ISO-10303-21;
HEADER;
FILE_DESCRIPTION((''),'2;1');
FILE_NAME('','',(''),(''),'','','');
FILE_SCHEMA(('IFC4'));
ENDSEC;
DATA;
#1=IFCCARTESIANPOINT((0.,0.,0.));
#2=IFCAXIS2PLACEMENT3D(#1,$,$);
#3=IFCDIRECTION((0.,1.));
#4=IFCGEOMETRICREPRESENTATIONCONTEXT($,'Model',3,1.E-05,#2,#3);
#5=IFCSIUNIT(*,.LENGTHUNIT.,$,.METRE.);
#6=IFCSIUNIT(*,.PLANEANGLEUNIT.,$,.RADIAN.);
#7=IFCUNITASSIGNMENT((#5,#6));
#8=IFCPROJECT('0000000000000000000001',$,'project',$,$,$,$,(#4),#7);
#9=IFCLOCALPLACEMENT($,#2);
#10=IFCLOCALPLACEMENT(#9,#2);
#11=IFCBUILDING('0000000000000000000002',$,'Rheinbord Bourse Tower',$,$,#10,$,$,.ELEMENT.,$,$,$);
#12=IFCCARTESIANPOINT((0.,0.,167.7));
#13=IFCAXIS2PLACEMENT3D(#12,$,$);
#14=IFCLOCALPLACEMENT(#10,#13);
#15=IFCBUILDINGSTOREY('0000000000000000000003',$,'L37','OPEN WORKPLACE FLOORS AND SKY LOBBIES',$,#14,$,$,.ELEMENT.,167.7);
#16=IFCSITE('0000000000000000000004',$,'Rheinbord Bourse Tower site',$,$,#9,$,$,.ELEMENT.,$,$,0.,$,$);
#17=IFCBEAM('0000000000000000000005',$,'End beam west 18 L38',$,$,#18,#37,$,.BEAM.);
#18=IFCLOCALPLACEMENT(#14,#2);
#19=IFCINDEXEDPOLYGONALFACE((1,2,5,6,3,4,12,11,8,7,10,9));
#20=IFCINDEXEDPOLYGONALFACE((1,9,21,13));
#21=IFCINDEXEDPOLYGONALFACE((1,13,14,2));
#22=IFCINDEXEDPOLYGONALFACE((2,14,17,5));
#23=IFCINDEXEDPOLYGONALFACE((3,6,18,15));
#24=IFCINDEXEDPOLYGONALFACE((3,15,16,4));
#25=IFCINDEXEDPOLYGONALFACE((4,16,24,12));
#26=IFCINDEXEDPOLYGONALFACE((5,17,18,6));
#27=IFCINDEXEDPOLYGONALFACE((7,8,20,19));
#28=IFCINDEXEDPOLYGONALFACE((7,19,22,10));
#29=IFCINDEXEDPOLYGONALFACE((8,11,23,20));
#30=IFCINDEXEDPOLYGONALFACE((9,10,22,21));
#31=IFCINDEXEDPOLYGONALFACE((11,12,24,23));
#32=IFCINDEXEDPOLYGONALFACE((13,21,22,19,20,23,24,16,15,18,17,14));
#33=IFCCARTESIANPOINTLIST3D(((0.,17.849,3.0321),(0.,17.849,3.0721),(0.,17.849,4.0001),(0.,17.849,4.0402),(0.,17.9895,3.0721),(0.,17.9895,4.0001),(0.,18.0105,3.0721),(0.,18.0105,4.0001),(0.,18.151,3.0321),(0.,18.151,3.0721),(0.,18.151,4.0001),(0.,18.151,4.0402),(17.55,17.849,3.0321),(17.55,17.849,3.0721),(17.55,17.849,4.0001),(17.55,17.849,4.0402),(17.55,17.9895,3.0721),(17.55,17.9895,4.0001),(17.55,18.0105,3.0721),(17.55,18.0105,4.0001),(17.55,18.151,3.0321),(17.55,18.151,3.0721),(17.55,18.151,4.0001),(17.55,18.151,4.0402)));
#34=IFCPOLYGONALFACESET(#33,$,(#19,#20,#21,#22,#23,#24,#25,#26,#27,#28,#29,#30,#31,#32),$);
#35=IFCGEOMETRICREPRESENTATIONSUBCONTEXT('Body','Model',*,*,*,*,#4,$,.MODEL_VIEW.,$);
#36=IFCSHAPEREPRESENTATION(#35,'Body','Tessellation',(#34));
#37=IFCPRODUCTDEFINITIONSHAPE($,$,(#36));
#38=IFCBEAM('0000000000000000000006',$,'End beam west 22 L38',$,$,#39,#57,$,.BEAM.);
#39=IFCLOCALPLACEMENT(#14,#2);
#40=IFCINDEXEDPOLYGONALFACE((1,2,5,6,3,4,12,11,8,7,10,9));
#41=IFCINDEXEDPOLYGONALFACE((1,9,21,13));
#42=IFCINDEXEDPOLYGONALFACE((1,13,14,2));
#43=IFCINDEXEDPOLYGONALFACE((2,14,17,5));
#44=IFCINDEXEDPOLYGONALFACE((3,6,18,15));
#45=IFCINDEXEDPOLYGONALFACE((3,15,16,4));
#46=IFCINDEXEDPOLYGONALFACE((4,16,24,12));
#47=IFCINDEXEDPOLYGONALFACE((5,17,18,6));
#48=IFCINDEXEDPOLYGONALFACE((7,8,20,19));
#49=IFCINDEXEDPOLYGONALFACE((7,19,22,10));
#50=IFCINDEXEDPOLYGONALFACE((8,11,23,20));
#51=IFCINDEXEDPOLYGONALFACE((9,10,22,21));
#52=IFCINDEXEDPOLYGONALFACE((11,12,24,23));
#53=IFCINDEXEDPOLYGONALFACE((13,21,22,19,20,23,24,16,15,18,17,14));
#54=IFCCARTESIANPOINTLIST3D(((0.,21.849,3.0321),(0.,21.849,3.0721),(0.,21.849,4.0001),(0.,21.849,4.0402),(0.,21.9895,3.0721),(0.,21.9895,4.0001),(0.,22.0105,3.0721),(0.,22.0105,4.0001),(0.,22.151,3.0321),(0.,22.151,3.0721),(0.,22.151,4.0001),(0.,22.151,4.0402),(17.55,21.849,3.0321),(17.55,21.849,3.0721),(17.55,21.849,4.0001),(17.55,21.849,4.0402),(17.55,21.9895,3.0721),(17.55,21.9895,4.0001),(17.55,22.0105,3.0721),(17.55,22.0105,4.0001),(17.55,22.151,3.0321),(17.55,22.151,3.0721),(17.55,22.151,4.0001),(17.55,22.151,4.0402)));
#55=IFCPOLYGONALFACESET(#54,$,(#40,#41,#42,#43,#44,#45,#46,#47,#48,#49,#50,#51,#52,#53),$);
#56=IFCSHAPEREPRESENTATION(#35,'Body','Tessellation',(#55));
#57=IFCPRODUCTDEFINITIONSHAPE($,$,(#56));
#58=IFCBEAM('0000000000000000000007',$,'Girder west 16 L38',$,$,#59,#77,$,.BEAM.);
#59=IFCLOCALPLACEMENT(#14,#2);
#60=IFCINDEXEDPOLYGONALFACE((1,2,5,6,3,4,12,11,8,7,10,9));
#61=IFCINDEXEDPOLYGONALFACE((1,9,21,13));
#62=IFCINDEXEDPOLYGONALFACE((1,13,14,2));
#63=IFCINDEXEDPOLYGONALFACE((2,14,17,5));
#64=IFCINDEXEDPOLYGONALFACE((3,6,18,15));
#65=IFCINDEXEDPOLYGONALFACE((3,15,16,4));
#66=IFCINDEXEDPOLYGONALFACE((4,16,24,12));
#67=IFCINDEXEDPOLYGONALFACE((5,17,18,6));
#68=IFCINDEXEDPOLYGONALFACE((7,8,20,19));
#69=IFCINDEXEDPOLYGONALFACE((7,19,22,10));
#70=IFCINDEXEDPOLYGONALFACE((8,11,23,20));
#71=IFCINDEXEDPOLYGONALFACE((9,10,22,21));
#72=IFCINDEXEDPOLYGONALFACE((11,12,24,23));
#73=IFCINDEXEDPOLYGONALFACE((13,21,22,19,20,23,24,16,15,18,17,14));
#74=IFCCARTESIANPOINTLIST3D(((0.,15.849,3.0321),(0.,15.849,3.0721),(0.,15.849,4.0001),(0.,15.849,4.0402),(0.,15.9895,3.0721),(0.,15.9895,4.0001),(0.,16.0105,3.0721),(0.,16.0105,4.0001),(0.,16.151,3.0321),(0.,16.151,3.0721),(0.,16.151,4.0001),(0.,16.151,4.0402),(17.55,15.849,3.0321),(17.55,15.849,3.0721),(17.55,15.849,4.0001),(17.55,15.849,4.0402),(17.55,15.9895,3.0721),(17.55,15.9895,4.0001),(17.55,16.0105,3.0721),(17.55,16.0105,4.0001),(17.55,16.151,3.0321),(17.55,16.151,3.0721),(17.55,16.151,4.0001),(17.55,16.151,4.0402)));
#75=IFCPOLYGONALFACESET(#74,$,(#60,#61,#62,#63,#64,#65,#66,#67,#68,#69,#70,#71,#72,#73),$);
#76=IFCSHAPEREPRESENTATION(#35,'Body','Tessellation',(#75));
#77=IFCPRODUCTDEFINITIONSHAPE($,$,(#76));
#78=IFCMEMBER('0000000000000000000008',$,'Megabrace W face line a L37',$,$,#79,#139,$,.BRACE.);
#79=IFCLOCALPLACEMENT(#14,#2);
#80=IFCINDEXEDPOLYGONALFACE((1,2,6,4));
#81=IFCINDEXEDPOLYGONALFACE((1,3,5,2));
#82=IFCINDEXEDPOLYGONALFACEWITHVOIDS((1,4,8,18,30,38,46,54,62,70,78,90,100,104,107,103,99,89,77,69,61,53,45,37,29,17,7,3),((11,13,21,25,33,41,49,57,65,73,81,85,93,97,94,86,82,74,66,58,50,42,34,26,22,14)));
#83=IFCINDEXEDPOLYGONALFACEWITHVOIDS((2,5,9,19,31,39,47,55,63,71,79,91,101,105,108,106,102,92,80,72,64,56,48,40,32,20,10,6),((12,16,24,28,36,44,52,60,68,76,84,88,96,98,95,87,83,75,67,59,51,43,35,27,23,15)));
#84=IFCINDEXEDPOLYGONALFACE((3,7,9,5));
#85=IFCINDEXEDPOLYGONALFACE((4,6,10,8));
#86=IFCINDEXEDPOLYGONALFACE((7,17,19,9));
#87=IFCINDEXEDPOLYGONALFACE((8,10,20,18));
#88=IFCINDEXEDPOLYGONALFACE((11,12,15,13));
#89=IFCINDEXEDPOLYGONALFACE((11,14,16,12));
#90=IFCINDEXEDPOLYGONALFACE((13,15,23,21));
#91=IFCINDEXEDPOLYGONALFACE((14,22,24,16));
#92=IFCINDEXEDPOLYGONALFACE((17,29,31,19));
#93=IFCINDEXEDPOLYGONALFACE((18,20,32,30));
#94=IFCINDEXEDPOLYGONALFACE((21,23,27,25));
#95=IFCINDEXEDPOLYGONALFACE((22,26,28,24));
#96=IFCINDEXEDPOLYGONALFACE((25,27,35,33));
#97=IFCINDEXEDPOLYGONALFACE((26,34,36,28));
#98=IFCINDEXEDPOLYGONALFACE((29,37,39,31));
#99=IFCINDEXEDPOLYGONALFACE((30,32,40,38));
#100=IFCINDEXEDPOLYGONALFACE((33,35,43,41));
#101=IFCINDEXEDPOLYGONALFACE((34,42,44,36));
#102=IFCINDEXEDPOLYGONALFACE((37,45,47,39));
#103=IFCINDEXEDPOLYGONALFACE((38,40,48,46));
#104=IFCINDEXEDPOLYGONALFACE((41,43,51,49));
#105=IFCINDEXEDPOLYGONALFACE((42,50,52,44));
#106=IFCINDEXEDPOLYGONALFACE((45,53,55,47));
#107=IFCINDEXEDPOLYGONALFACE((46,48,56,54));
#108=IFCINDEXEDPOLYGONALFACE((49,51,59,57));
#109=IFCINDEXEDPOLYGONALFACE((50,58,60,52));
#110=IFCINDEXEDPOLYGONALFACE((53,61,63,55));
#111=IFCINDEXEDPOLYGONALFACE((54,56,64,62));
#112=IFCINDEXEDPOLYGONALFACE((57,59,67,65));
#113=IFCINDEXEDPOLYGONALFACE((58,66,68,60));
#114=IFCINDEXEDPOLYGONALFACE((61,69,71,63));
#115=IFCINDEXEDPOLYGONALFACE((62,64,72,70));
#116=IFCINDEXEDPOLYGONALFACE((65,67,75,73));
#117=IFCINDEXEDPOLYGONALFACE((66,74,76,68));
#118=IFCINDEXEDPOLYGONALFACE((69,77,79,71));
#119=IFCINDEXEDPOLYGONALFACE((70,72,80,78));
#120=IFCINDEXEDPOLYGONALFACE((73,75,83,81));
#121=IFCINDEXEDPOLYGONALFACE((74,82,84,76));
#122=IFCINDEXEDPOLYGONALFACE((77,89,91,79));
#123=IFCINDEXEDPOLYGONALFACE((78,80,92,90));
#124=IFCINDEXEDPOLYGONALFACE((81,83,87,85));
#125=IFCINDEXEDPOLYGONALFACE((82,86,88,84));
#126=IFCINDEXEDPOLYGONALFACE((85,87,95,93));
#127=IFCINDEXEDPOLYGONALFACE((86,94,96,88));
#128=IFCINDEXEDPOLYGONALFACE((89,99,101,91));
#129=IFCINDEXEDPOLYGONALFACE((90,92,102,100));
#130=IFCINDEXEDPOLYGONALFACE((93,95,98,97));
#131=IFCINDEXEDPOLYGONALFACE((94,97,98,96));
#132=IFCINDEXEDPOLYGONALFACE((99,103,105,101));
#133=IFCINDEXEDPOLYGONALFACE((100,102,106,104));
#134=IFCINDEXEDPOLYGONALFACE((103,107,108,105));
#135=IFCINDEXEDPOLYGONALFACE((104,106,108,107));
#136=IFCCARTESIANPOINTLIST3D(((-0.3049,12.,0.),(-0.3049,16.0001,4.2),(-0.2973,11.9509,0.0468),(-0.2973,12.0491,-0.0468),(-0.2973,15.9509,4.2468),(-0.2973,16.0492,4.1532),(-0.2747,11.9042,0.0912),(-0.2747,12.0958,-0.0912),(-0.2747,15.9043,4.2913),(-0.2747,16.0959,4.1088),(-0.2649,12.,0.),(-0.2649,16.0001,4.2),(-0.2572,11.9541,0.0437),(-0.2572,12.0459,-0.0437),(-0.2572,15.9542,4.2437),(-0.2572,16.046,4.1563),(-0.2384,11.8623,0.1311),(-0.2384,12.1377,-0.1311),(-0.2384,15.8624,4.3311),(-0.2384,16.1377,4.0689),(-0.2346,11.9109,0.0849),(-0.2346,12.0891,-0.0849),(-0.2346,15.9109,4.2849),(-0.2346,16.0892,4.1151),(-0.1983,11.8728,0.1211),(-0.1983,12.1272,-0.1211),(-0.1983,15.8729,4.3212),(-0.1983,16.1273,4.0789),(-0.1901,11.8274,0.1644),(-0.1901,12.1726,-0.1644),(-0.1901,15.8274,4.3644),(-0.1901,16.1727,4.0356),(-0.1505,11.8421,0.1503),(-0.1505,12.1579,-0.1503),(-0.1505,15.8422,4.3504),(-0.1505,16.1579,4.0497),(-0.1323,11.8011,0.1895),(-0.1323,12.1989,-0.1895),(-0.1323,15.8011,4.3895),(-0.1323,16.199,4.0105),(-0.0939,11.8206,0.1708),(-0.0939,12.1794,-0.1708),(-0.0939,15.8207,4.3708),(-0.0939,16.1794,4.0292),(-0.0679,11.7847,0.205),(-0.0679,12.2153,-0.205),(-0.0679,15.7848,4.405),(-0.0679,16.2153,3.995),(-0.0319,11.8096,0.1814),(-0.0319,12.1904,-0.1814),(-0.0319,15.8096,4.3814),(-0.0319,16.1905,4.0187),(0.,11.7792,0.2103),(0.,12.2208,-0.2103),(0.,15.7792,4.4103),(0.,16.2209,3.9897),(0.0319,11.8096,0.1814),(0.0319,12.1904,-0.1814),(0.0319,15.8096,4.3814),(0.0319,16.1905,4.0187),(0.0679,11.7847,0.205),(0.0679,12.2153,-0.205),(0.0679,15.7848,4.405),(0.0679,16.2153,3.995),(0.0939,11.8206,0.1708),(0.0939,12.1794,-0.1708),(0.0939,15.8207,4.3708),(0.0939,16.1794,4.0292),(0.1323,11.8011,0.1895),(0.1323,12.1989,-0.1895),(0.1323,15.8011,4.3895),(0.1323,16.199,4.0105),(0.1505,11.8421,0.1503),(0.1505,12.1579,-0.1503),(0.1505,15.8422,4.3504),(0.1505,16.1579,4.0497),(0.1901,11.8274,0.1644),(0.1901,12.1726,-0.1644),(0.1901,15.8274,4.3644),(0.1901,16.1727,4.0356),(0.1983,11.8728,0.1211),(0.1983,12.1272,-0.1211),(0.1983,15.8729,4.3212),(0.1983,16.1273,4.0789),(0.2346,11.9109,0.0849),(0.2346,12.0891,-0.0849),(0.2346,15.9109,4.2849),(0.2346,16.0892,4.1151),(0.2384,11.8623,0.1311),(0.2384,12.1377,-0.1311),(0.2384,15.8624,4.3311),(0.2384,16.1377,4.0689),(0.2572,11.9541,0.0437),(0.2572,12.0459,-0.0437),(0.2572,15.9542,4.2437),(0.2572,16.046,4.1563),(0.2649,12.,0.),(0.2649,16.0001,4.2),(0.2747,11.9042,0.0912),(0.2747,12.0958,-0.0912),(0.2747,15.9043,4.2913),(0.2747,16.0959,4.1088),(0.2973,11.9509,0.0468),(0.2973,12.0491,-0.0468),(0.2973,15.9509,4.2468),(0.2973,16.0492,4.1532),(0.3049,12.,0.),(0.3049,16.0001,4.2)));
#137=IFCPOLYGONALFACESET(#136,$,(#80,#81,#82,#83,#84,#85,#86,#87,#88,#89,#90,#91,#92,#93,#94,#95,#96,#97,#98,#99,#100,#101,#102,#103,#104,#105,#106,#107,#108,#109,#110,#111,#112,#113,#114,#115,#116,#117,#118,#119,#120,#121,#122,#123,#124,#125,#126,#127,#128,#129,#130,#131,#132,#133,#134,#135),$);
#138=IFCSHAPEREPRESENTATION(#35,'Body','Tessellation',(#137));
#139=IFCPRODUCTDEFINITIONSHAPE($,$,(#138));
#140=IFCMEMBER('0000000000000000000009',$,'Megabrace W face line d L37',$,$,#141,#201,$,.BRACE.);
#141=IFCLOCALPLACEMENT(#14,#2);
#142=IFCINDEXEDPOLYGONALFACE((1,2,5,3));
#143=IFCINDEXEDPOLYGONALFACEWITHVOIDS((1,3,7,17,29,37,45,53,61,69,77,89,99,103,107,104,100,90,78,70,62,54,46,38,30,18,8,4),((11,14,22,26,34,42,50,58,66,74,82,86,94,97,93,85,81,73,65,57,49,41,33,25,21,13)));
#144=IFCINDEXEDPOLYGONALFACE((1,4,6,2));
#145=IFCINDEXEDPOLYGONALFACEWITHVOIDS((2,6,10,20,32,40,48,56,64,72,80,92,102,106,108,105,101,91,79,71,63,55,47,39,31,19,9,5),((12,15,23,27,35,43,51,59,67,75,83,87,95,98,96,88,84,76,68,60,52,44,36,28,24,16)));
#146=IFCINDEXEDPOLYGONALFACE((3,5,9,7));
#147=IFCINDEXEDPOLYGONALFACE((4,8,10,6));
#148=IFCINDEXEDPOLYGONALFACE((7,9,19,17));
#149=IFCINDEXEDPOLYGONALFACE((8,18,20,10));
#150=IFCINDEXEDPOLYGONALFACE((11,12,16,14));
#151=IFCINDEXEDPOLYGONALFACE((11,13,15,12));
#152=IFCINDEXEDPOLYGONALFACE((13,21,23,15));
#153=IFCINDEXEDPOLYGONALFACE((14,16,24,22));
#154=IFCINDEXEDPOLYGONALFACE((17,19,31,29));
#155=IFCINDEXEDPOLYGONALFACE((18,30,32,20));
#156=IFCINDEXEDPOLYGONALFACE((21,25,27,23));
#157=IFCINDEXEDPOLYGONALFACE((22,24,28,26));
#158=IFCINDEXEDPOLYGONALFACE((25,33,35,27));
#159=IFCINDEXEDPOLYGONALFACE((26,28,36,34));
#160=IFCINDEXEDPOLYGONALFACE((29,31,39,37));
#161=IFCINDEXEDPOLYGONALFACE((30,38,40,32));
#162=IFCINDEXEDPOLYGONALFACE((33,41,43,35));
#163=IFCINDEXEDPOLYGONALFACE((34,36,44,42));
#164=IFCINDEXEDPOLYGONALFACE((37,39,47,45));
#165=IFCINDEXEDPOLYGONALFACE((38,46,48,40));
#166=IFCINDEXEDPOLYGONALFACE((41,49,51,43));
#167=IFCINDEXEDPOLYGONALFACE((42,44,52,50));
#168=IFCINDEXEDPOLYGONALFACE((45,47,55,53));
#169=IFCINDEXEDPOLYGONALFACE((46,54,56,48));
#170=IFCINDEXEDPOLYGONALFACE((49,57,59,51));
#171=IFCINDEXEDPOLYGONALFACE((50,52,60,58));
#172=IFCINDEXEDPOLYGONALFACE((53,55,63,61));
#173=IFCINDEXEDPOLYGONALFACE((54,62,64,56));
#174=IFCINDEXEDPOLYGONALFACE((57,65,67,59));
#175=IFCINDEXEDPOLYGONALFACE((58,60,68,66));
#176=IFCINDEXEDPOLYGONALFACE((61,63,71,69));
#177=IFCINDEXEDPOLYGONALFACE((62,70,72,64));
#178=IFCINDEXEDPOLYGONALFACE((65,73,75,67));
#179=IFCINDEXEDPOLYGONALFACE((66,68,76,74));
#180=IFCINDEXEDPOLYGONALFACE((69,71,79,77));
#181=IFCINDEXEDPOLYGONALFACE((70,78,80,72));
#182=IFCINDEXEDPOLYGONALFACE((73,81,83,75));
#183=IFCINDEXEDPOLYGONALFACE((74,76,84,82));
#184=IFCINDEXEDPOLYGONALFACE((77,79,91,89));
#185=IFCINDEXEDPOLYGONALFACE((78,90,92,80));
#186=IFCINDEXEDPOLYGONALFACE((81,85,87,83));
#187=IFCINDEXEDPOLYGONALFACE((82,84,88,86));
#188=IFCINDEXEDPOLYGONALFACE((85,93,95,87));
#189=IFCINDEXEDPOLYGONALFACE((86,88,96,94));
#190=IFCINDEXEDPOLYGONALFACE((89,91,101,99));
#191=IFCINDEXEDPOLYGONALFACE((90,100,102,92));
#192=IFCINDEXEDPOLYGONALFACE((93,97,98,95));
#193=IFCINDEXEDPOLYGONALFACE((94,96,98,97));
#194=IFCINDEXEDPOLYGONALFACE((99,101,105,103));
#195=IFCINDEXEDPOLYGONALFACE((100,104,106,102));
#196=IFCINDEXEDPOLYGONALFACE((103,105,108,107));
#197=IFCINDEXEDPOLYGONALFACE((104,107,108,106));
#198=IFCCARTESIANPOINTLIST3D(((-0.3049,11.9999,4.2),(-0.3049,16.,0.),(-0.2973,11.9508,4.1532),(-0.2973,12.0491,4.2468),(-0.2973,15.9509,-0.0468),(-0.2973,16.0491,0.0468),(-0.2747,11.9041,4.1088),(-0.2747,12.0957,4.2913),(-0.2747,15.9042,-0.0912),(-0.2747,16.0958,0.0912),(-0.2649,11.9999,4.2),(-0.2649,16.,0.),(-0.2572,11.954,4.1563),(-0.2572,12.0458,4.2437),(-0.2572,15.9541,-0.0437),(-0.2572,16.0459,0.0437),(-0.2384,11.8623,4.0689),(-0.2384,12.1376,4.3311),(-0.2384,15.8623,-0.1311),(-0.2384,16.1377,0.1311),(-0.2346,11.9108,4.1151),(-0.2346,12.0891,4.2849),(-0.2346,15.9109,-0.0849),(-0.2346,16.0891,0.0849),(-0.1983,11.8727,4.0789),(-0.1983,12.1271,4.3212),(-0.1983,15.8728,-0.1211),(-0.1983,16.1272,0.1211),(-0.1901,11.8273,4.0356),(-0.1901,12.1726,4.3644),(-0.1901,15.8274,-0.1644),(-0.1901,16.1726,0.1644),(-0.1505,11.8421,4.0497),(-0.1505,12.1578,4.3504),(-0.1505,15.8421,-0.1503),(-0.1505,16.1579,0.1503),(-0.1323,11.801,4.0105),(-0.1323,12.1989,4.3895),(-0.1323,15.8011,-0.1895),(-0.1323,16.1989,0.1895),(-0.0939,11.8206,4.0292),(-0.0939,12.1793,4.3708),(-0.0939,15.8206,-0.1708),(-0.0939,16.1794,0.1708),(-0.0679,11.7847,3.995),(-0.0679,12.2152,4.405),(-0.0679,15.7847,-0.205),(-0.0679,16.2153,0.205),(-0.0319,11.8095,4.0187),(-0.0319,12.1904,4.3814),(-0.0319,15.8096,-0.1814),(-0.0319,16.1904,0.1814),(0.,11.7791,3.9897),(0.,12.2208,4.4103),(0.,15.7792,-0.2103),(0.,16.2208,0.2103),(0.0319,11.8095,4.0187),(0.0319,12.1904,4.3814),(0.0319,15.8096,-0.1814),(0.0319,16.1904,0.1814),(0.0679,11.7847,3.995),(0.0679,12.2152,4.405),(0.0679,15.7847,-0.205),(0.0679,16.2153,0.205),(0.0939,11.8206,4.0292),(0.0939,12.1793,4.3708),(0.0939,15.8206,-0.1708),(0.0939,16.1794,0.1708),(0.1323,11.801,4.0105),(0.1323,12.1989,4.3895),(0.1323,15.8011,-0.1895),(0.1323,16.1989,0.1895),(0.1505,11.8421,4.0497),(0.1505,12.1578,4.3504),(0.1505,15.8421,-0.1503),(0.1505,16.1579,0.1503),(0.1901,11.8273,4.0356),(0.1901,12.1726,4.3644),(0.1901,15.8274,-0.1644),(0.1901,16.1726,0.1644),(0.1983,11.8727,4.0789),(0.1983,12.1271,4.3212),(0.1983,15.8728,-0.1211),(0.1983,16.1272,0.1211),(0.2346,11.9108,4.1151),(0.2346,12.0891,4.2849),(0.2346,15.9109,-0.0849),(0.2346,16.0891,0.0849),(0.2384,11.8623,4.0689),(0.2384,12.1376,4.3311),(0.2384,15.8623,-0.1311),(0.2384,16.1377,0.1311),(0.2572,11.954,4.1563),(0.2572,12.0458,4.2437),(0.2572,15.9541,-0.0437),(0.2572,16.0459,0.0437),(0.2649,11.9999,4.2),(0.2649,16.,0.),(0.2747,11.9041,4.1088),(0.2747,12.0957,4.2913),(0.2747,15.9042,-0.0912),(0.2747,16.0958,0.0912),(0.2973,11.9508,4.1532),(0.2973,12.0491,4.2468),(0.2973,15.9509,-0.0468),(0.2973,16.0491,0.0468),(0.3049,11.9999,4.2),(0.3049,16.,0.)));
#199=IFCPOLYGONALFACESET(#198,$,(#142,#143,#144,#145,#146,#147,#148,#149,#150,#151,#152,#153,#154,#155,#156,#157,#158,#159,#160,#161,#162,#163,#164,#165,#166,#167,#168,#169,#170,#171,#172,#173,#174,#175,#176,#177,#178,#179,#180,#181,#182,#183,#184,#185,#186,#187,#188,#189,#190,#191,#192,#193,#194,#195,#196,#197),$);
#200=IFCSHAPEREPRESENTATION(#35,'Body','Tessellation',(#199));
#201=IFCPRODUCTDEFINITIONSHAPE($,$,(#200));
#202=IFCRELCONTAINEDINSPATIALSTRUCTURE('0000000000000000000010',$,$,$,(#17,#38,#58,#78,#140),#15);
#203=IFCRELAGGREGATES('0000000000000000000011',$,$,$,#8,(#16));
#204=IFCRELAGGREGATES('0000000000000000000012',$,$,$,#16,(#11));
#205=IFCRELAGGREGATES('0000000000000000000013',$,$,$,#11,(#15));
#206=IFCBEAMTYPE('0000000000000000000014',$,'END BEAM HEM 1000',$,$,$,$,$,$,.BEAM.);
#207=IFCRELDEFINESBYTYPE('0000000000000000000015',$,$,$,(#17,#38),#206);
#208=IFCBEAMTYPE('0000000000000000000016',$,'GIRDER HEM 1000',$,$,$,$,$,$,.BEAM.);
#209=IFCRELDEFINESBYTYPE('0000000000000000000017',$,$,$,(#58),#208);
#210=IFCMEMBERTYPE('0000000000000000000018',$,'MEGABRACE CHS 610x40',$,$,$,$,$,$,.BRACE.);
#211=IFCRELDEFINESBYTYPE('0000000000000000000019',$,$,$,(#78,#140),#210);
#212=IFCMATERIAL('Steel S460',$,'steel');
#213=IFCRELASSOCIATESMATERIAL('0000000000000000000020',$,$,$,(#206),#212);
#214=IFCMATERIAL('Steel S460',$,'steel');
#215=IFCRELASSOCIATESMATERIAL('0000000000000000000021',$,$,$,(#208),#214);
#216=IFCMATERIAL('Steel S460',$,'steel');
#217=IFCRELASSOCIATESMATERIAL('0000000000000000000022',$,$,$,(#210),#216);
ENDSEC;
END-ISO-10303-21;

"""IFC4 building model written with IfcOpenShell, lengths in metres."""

from ifc_helpers import new_model, si_unit, direction, frame, origin, origin_2d, place, context, subcontext, project, spatial, hollow_circle, i_section, extrude, material, material_profile, profile_set, type_object, element, save


model = new_model("IFC4")

# Units and contexts
model_context = context("Model", 3, precision=1e-05, world=origin(), true_north=direction((0.0, 1.0)))
body_context = subcontext(model_context, "Body", "Model", "MODEL_VIEW")
ifc_project = project(units=[si_unit("LENGTHUNIT", "METRE"), si_unit("PLANEANGLEUNIT", "RADIAN")], contexts=[model_context])

# Site, building, storey
site_placement = place(None, origin())
site = spatial("IfcSite", under=ifc_project, at=site_placement, Name="Rheinbord Bourse Tower site", CompositionType="ELEMENT", RefElevation=0.0)
building_placement = place(site_placement, origin())
building = spatial("IfcBuilding", under=site, at=building_placement, Name="Rheinbord Bourse Tower", CompositionType="ELEMENT")
storey_placement = place(building_placement, frame((0.0, 0.0, 167.7)))
storey = spatial("IfcBuildingStorey", under=building, at=storey_placement, Name="L37", Description="OPEN WORKPLACE FLOORS AND SKY LOBBIES", CompositionType="ELEMENT", Elevation=167.7)

# Beams
ifc_material_1 = material(Name="Steel S460", Category="steel")
ifc_material_profile_1 = material_profile(ifc_material_1, i_section(OverallWidth=0.302, OverallDepth=1.0081, WebThickness=0.021, FlangeThickness=0.04, at=origin_2d()), Name="HEM 1000")
ifc_profile_set_1 = profile_set([ifc_material_profile_1], Name="Steel S460")
beam_type_1 = type_object("IfcBeamType", Name="END BEAM HEM 1000", PredefinedType="BEAM", material=ifc_profile_set_1)
for number, where, z_axis, x_axis, name in (
    (1, (0.0, 18.0, 3.5361), (1.0, 0.0, 0.0), (0.0, 1.0, 0.0), "End beam west 18 L38"),
    (2, (0.0, 22.0, 3.5361), (1.0, 0.0, 0.0), (0.0, 1.0, 0.0), "End beam west 22 L38"),
):
    element("IfcBeam", number, at=place(storey_placement, frame(where, z_axis=z_axis, x_axis=x_axis)), inside=storey, type_object=beam_type_1, Name=name, PredefinedType="BEAM", context=body_context, shape_type="SweptSolid", body=[
        extrude(i_section(OverallWidth=0.302, OverallDepth=1.0081, WebThickness=0.021, FlangeThickness=0.04, at=origin_2d()), origin(), (0.0, 0.0, 1.0), 17.55),
    ])
ifc_material_2 = material(Name="Steel S460", Category="steel")
ifc_material_profile_2 = material_profile(ifc_material_2, i_section(OverallWidth=0.302, OverallDepth=1.0081, WebThickness=0.021, FlangeThickness=0.04, at=origin_2d()), Name="HEM 1000")
ifc_profile_set_2 = profile_set([ifc_material_profile_2], Name="Steel S460")
beam_type_2 = type_object("IfcBeamType", Name="GIRDER HEM 1000", PredefinedType="BEAM", material=ifc_profile_set_2)
beam_placement = place(storey_placement, frame((0.0, 16.0, 3.5361), z_axis=(1.0, 0.0, 0.0), x_axis=(0.0, 1.0, 0.0)))
element("IfcBeam", 3, at=beam_placement, inside=storey, type_object=beam_type_2, Name="Girder west 16 L38", PredefinedType="BEAM", context=body_context, shape_type="SweptSolid", body=[
    extrude(i_section(OverallWidth=0.302, OverallDepth=1.0081, WebThickness=0.021, FlangeThickness=0.04, at=origin_2d()), origin(), (0.0, 0.0, 1.0), 17.55),
])

# Members
ifc_material_3 = material(Name="Steel S460", Category="steel")
ifc_material_profile_3 = material_profile(ifc_material_3, hollow_circle(Radius=0.3049, WallThickness=0.04, at=origin_2d()), Name="CHS 610x40")
ifc_profile_set_3 = profile_set([ifc_material_profile_3], Name="Steel S460")
member_type_1 = type_object("IfcMemberType", Name="MEGABRACE CHS 610x40", PredefinedType="BRACE", material=ifc_profile_set_3)
for number, where, z_axis, x_axis, name in (
    (4, (0.0, 12.0, 0.0), (0.0, 0.689659, 0.724134), (-1.0, 0.0, 0.0), "Megabrace W face line a L37"),
    (5, (0.0, 16.0, 0.0), (0.0, -0.689659, 0.724134), (1.0, 0.0, 0.0), "Megabrace W face line d L37"),
):
    element("IfcMember", number, at=place(storey_placement, frame(where, z_axis=z_axis, x_axis=x_axis)), inside=storey, type_object=member_type_1, Name=name, PredefinedType="BRACE", context=body_context, shape_type="SweptSolid", body=[
        extrude(hollow_circle(Radius=0.3049, WallThickness=0.04, at=origin_2d()), origin(), (0.0, 0.0, 1.0), 5.8),
    ])

save(model, "model.ifc")
